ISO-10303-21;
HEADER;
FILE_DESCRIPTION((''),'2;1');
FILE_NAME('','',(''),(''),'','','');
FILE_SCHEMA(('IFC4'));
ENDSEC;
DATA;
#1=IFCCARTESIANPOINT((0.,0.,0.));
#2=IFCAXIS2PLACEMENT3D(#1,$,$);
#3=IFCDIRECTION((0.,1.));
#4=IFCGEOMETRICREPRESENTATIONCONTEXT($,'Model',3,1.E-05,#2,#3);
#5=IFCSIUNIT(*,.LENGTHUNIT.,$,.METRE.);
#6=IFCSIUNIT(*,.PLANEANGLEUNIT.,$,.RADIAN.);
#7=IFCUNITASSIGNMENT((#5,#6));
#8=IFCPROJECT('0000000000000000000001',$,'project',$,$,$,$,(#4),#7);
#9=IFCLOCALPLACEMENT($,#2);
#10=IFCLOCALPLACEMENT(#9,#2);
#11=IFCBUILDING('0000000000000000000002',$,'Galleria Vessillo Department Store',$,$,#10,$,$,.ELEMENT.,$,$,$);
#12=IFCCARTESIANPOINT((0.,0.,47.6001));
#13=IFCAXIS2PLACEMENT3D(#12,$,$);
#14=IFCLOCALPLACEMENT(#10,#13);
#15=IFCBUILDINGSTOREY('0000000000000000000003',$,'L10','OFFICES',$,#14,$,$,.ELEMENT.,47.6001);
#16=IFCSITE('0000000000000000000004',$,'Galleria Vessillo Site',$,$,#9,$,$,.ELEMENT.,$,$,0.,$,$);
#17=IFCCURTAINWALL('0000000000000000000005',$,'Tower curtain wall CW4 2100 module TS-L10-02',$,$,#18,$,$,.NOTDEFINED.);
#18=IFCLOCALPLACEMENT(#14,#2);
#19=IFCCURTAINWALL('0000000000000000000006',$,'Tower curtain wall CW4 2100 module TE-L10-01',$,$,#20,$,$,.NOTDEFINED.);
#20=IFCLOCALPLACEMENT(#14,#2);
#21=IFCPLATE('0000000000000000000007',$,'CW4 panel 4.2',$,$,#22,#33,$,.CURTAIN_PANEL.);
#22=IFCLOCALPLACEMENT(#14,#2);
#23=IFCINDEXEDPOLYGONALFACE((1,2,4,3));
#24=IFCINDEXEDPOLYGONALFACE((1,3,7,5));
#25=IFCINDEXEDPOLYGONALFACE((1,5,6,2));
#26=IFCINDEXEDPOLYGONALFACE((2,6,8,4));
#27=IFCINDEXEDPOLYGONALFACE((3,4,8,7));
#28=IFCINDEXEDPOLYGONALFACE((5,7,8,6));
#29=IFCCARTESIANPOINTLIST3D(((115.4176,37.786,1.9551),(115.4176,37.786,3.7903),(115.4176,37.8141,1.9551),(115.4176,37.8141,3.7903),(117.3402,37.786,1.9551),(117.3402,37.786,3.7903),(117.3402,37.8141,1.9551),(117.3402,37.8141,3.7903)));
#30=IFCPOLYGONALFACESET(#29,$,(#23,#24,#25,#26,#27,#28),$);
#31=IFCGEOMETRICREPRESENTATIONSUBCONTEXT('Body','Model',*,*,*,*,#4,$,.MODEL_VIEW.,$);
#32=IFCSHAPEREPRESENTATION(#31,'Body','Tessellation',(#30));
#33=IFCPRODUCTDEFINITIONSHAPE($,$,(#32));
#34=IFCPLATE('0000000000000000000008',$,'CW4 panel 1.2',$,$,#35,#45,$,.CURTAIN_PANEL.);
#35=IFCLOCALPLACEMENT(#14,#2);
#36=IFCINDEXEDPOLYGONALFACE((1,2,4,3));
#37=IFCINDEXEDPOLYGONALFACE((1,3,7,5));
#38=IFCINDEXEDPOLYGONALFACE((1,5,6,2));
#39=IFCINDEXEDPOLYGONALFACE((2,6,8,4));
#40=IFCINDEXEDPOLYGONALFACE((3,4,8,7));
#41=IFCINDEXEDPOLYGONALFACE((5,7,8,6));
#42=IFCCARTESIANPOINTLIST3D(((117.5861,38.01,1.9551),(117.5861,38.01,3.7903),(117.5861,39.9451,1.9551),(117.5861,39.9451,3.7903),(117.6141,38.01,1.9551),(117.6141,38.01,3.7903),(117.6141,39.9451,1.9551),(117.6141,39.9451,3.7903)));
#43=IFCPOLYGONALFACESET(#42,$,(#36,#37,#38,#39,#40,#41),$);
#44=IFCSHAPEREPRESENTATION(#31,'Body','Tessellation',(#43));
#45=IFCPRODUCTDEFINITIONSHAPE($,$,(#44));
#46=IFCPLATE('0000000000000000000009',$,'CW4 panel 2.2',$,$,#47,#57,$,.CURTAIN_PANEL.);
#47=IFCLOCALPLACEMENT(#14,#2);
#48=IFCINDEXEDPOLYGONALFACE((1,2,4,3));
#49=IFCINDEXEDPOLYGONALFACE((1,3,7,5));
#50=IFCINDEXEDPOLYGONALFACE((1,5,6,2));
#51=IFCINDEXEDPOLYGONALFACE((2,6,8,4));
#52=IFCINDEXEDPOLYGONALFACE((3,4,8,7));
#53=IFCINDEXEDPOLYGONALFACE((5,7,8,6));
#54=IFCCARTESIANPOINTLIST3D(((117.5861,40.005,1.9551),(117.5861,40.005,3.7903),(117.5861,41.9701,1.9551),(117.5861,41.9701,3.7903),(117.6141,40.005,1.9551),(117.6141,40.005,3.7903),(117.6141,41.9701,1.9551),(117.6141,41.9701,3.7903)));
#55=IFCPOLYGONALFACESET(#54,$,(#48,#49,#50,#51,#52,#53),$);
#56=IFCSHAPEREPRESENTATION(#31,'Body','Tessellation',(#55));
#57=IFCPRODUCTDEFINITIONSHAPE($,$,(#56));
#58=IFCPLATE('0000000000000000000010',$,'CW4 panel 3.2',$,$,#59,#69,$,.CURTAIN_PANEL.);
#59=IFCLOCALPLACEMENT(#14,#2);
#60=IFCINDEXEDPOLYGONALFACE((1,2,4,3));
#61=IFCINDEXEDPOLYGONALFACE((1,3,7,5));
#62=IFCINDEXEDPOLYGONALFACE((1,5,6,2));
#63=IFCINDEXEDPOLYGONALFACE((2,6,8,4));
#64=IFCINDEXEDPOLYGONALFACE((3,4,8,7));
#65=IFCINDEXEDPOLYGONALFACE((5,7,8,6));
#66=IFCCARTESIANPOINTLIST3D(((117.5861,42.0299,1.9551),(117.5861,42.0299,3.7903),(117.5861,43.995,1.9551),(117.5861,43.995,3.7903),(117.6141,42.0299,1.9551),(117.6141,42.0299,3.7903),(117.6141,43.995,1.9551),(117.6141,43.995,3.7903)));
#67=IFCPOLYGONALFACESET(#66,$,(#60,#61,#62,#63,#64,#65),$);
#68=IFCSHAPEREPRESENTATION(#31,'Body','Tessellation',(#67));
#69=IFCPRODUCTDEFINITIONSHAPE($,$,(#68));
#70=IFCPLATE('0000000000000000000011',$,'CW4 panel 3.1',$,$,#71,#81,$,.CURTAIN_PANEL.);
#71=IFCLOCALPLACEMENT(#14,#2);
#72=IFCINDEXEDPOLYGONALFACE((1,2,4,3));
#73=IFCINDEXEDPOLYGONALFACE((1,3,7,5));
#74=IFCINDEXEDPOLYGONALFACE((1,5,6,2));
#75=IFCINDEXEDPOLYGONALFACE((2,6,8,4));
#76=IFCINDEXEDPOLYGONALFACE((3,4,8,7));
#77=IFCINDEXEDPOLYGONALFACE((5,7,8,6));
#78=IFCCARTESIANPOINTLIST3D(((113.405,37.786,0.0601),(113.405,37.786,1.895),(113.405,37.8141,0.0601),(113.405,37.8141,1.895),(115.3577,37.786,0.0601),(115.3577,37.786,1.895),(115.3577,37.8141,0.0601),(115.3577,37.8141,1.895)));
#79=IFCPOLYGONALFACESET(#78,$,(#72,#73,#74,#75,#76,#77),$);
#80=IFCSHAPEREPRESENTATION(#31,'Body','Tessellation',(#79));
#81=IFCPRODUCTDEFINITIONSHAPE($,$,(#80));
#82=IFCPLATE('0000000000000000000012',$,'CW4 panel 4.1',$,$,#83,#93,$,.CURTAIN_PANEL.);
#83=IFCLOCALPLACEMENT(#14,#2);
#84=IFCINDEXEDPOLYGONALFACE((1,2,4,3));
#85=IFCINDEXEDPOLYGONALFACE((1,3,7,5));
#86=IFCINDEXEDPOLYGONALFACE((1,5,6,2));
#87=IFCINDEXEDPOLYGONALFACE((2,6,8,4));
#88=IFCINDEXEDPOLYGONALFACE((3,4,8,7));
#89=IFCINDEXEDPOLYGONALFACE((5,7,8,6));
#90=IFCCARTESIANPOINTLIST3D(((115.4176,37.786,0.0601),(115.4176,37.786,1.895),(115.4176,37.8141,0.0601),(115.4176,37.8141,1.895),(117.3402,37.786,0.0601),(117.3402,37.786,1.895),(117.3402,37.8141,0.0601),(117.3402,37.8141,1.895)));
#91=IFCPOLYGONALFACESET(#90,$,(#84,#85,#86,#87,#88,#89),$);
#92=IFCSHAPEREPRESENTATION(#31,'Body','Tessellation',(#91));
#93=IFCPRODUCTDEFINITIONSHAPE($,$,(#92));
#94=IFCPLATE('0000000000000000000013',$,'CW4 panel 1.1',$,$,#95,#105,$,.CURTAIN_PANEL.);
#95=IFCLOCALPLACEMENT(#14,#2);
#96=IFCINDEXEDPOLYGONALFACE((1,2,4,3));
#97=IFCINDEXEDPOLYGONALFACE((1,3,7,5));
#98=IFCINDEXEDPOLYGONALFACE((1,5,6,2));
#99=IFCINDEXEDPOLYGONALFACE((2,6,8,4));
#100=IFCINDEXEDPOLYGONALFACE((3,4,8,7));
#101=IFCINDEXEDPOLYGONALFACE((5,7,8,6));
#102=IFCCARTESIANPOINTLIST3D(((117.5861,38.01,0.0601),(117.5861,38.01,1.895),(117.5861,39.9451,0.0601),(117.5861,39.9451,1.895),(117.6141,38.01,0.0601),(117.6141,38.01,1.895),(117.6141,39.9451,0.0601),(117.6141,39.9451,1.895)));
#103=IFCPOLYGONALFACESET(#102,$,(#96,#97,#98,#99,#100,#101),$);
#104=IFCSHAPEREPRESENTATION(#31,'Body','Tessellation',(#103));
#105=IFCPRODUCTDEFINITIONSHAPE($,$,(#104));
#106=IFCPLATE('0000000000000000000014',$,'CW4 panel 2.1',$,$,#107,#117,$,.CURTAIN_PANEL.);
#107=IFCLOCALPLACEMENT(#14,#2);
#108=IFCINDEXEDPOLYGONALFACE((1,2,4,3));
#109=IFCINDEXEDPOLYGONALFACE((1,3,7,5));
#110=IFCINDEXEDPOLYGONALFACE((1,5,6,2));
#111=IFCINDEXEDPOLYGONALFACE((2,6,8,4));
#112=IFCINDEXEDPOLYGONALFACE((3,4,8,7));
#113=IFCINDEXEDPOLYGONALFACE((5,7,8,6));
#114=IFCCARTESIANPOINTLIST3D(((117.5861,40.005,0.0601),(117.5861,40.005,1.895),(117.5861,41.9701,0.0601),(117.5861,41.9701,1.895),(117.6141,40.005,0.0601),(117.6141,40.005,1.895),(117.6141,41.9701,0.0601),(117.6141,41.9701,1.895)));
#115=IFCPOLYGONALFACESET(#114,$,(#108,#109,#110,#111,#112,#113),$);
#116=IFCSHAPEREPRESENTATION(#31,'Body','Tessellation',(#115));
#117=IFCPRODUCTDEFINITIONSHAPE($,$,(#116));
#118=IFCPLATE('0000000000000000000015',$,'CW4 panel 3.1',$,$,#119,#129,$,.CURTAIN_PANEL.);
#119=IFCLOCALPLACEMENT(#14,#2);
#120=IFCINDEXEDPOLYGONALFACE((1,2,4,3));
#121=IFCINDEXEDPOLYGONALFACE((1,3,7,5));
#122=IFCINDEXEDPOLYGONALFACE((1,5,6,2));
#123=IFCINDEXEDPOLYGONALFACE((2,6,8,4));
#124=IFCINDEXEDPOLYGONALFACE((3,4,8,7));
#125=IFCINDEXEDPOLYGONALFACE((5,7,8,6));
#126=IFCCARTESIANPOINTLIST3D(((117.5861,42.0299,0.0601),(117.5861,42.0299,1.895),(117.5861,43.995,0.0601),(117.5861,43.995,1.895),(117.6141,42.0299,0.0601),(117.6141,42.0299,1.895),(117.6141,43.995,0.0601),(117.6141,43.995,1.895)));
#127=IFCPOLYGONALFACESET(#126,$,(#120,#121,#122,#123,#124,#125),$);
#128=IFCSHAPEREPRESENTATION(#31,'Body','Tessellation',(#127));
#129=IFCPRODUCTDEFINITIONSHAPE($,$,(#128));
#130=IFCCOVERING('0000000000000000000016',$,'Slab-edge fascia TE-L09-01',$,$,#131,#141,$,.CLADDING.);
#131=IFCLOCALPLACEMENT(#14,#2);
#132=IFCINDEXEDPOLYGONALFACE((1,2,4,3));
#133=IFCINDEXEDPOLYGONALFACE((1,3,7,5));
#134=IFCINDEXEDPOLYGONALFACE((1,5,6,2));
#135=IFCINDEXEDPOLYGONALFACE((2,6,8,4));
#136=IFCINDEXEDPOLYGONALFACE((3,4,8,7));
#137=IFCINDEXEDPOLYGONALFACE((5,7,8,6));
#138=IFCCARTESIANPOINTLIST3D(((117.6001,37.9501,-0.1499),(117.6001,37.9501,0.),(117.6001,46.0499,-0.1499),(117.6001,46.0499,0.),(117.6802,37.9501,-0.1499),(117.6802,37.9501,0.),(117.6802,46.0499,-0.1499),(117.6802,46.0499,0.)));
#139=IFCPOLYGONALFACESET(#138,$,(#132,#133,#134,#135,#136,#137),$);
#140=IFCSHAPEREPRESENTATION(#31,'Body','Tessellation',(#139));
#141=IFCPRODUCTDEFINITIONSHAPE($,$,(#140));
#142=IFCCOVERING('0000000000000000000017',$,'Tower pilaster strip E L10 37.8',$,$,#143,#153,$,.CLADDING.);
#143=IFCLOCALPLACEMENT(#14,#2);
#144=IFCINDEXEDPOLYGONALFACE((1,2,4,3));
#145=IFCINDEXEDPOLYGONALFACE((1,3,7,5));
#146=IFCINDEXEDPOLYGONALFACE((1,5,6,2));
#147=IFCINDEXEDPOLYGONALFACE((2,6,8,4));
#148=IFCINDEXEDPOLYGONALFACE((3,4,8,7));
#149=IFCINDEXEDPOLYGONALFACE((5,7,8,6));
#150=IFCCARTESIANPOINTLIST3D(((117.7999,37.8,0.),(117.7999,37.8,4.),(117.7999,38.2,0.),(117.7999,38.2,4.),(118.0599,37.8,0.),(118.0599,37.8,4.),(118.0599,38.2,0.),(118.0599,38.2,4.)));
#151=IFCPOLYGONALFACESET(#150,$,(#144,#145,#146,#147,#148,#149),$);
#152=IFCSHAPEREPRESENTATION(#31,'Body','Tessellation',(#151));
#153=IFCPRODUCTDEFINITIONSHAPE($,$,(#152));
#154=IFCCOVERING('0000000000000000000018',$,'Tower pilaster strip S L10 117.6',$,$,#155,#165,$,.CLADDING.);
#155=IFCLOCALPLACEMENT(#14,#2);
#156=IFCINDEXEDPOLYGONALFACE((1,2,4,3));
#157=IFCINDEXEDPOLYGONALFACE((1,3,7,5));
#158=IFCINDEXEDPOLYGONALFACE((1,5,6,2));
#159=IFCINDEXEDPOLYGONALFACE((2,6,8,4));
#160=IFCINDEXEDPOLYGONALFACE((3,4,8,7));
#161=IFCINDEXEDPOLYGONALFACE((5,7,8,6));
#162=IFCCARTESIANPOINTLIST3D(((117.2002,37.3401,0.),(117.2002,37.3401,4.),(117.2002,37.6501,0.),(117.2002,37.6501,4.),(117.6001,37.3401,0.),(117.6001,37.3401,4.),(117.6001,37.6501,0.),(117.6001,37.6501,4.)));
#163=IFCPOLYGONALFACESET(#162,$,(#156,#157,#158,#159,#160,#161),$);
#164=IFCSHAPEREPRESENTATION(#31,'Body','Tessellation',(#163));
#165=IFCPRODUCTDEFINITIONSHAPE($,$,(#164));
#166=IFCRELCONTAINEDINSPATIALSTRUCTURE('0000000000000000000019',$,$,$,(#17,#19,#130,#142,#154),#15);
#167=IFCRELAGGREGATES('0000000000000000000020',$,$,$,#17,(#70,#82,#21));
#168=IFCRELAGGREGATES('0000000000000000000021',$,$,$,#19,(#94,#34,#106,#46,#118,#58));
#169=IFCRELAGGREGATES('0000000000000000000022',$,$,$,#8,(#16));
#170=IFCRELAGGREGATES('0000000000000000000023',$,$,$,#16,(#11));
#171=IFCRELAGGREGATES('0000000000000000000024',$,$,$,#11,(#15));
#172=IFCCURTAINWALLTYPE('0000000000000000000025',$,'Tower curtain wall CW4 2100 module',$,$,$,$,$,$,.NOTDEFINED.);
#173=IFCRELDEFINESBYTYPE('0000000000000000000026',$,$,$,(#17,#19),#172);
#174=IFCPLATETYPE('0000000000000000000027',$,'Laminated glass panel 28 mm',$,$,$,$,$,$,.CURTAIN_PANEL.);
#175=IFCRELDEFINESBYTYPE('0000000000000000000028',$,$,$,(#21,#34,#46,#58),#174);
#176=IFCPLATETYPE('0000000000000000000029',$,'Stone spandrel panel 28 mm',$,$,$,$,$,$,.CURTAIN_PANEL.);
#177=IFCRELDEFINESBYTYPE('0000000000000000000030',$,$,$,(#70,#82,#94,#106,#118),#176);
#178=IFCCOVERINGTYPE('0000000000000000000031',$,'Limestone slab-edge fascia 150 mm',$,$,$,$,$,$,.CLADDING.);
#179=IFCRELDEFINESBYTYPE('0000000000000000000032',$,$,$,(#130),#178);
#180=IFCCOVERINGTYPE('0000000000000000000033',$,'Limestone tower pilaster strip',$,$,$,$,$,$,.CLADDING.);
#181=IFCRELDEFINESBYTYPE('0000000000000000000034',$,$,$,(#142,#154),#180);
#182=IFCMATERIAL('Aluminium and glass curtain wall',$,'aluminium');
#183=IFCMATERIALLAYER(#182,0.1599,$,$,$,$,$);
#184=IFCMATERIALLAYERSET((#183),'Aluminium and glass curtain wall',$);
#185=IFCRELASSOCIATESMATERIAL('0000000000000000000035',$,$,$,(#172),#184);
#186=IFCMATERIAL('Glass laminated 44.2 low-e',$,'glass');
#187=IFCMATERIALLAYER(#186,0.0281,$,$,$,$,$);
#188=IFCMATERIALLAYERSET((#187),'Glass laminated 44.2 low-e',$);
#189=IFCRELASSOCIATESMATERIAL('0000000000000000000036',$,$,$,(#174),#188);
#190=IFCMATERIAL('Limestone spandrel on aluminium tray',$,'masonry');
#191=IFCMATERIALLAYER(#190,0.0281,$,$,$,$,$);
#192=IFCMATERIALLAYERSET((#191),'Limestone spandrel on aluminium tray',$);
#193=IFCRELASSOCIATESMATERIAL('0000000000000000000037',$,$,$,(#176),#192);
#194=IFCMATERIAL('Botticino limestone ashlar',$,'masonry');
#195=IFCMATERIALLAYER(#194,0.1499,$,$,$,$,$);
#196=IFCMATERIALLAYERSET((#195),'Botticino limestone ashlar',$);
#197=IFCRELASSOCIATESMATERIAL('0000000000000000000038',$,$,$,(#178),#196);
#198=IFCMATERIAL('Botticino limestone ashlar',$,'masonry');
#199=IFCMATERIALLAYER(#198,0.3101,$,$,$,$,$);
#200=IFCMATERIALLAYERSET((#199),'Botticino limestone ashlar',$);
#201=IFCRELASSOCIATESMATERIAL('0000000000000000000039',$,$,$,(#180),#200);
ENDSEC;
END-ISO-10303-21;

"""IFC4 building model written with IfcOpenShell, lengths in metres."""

from ifc_helpers import new_model, si_unit, direction, frame, origin, origin_2d, place, context, subcontext, project, spatial, rectangle, extrude, material, layer, layer_set, type_object, element, aggregate, save


model = new_model("IFC4")

# Units and contexts
model_context = context("Model", 3, precision=1e-05, world=origin(), true_north=direction((0.0, 1.0)))
body_context = subcontext(model_context, "Body", "Model", "MODEL_VIEW")
ifc_project = project(units=[si_unit("LENGTHUNIT", "METRE"), si_unit("PLANEANGLEUNIT", "RADIAN")], contexts=[model_context])

# Site, building, storey
site_placement = place(None, origin())
site = spatial("IfcSite", under=ifc_project, at=site_placement, Name="Galleria Vessillo Site", CompositionType="ELEMENT", RefElevation=0.0)
building_placement = place(site_placement, origin())
building = spatial("IfcBuilding", under=site, at=building_placement, Name="Galleria Vessillo Department Store", CompositionType="ELEMENT")
storey_placement = place(building_placement, frame((0.0, 0.0, 47.6001)))
storey = spatial("IfcBuildingStorey", under=building, at=storey_placement, Name="L10", Description="OFFICES", CompositionType="ELEMENT", Elevation=47.6001)

# Curtain walls
ifc_material_1 = material(Name="Aluminium and glass curtain wall", Category="aluminium")
ifc_layer_1 = layer(ifc_material_1, 0.1599)
ifc_layer_set_1 = layer_set([ifc_layer_1], Name="Aluminium and glass curtain wall")
curtain_wall_type = type_object("IfcCurtainWallType", Name="Tower curtain wall CW4 2100 module", PredefinedType="NOTDEFINED", material=ifc_layer_set_1)
curtain_wall_1_placement = place(storey_placement, origin())
curtain_wall_1 = element("IfcCurtainWall", 1, at=curtain_wall_1_placement, inside=storey, type_object=curtain_wall_type, Name="Tower curtain wall CW4 2100 module TS-L10-02", PredefinedType="NOTDEFINED")
curtain_wall_2_placement = place(storey_placement, origin())
curtain_wall_2 = element("IfcCurtainWall", 2, at=curtain_wall_2_placement, inside=storey, type_object=curtain_wall_type, Name="Tower curtain wall CW4 2100 module TE-L10-01", PredefinedType="NOTDEFINED")

# Plates
ifc_material_2 = material(Name="Glass laminated 44.2 low-e", Category="glass")
ifc_layer_2 = layer(ifc_material_2, 0.0281)
ifc_layer_set_2 = layer_set([ifc_layer_2], Name="Glass laminated 44.2 low-e")
plate_type_1 = type_object("IfcPlateType", Name="Laminated glass panel 28 mm", PredefinedType="CURTAIN_PANEL", material=ifc_layer_set_2)
plate_1_placement = place(storey_placement, frame((116.3789, 37.8, 1.9551), z_axis=(0.0, 0.0, 1.0), x_axis=(1.0, 0.0, 0.0)))
plate_1 = element("IfcPlate", 3, at=plate_1_placement, type_object=plate_type_1, Name="CW4 panel 4.2", PredefinedType="CURTAIN_PANEL", context=body_context, shape_type="SweptSolid", body=[
    extrude(rectangle(XDim=1.9226, YDim=0.0281, at=origin_2d()), origin(), (0.0, 0.0, 1.0), 1.8352),
])
plate_2_placement = place(storey_placement, frame((117.6001, 38.9775, 1.9551), z_axis=(0.0, 0.0, 1.0), x_axis=(0.0, 1.0, 0.0)))
plate_2 = element("IfcPlate", 4, at=plate_2_placement, type_object=plate_type_1, Name="CW4 panel 1.2", PredefinedType="CURTAIN_PANEL", context=body_context, shape_type="SweptSolid", body=[
    extrude(rectangle(XDim=1.9351, YDim=0.0281, at=origin_2d()), origin(), (0.0, 0.0, 1.0), 1.8352),
])
plate_3_placement = place(storey_placement, frame((117.6001, 40.9875, 1.9551), z_axis=(0.0, 0.0, 1.0), x_axis=(0.0, 1.0, 0.0)))
plate_3 = element("IfcPlate", 5, at=plate_3_placement, type_object=plate_type_1, Name="CW4 panel 2.2", PredefinedType="CURTAIN_PANEL", context=body_context, shape_type="SweptSolid", body=[
    extrude(rectangle(XDim=1.9651, YDim=0.0281, at=origin_2d()), origin(), (0.0, 0.0, 1.0), 1.8352),
])
plate_4_placement = place(storey_placement, frame((117.6001, 43.0125, 1.9551), z_axis=(0.0, 0.0, 1.0), x_axis=(0.0, 1.0, 0.0)))
plate_4 = element("IfcPlate", 6, at=plate_4_placement, type_object=plate_type_1, Name="CW4 panel 3.2", PredefinedType="CURTAIN_PANEL", context=body_context, shape_type="SweptSolid", body=[
    extrude(rectangle(XDim=1.9651, YDim=0.0281, at=origin_2d()), origin(), (0.0, 0.0, 1.0), 1.8352),
])
ifc_material_3 = material(Name="Limestone spandrel on aluminium tray", Category="masonry")
ifc_layer_3 = layer(ifc_material_3, 0.0281)
ifc_layer_set_3 = layer_set([ifc_layer_3], Name="Limestone spandrel on aluminium tray")
plate_type_2 = type_object("IfcPlateType", Name="Stone spandrel panel 28 mm", PredefinedType="CURTAIN_PANEL", material=ifc_layer_set_3)
plate_5_placement = place(storey_placement, frame((114.3813, 37.8, 0.0601), z_axis=(0.0, 0.0, 1.0), x_axis=(1.0, 0.0, 0.0)))
plate_5 = element("IfcPlate", 7, at=plate_5_placement, type_object=plate_type_2, Name="CW4 panel 3.1", PredefinedType="CURTAIN_PANEL", context=body_context, shape_type="SweptSolid", body=[
    extrude(rectangle(XDim=1.9526, YDim=0.0281, at=origin_2d()), origin(), (0.0, 0.0, 1.0), 1.835),
])
plate_6_placement = place(storey_placement, frame((116.3789, 37.8, 0.0601), z_axis=(0.0, 0.0, 1.0), x_axis=(1.0, 0.0, 0.0)))
plate_6 = element("IfcPlate", 8, at=plate_6_placement, type_object=plate_type_2, Name="CW4 panel 4.1", PredefinedType="CURTAIN_PANEL", context=body_context, shape_type="SweptSolid", body=[
    extrude(rectangle(XDim=1.9226, YDim=0.0281, at=origin_2d()), origin(), (0.0, 0.0, 1.0), 1.835),
])
aggregate(curtain_wall_1, [plate_5, plate_6, plate_1])
plate_7_placement = place(storey_placement, frame((117.6001, 38.9775, 0.0601), z_axis=(0.0, 0.0, 1.0), x_axis=(0.0, 1.0, 0.0)))
plate_7 = element("IfcPlate", 9, at=plate_7_placement, type_object=plate_type_2, Name="CW4 panel 1.1", PredefinedType="CURTAIN_PANEL", context=body_context, shape_type="SweptSolid", body=[
    extrude(rectangle(XDim=1.9351, YDim=0.0281, at=origin_2d()), origin(), (0.0, 0.0, 1.0), 1.835),
])
plate_8_placement = place(storey_placement, frame((117.6001, 40.9875, 0.0601), z_axis=(0.0, 0.0, 1.0), x_axis=(0.0, 1.0, 0.0)))
plate_8 = element("IfcPlate", 10, at=plate_8_placement, type_object=plate_type_2, Name="CW4 panel 2.1", PredefinedType="CURTAIN_PANEL", context=body_context, shape_type="SweptSolid", body=[
    extrude(rectangle(XDim=1.9651, YDim=0.0281, at=origin_2d()), origin(), (0.0, 0.0, 1.0), 1.835),
])
plate_9_placement = place(storey_placement, frame((117.6001, 43.0125, 0.0601), z_axis=(0.0, 0.0, 1.0), x_axis=(0.0, 1.0, 0.0)))
plate_9 = element("IfcPlate", 11, at=plate_9_placement, type_object=plate_type_2, Name="CW4 panel 3.1", PredefinedType="CURTAIN_PANEL", context=body_context, shape_type="SweptSolid", body=[
    extrude(rectangle(XDim=1.9651, YDim=0.0281, at=origin_2d()), origin(), (0.0, 0.0, 1.0), 1.835),
])
aggregate(curtain_wall_2, [plate_7, plate_2, plate_8, plate_3, plate_9, plate_4])

# Coverings
ifc_material_4 = material(Name="Botticino limestone ashlar", Category="masonry")
ifc_layer_4 = layer(ifc_material_4, 0.1499)
ifc_layer_set_4 = layer_set([ifc_layer_4], Name="Botticino limestone ashlar")
covering_type_1 = type_object("IfcCoveringType", Name="Limestone slab-edge fascia 150 mm", PredefinedType="CLADDING", material=ifc_layer_set_4)
covering_1_placement = place(storey_placement, frame((117.6401, 42.0, -0.1499), z_axis=(0.0, 0.0, 1.0), x_axis=(1.0, 0.0, 0.0)))
element("IfcCovering", 12, at=covering_1_placement, inside=storey, type_object=covering_type_1, Name="Slab-edge fascia TE-L09-01", PredefinedType="CLADDING", context=body_context, shape_type="SweptSolid", body=[
    extrude(rectangle(XDim=0.0801, YDim=8.0999, at=origin_2d()), origin(), (0.0, 0.0, 1.0), 0.1499),
])
ifc_material_5 = material(Name="Botticino limestone ashlar", Category="masonry")
ifc_layer_5 = layer(ifc_material_5, 0.3101)
ifc_layer_set_5 = layer_set([ifc_layer_5], Name="Botticino limestone ashlar")
covering_type_2 = type_object("IfcCoveringType", Name="Limestone tower pilaster strip", PredefinedType="CLADDING", material=ifc_layer_set_5)
covering_2_placement = place(storey_placement, frame((117.9299, 38.0, 0.0), z_axis=(0.0, 0.0, 1.0), x_axis=(1.0, 0.0, 0.0)))
element("IfcCovering", 13, at=covering_2_placement, inside=storey, type_object=covering_type_2, Name="Tower pilaster strip E L10 37.8", PredefinedType="CLADDING", context=body_context, shape_type="SweptSolid", body=[
    extrude(rectangle(XDim=0.26, YDim=0.3999, at=origin_2d()), origin(), (0.0, 0.0, 1.0), 4.0),
])
covering_3_placement = place(storey_placement, frame((117.4001, 37.4951, 0.0), z_axis=(0.0, 0.0, 1.0), x_axis=(1.0, 0.0, 0.0)))
element("IfcCovering", 14, at=covering_3_placement, inside=storey, type_object=covering_type_2, Name="Tower pilaster strip S L10 117.6", PredefinedType="CLADDING", context=body_context, shape_type="SweptSolid", body=[
    extrude(rectangle(XDim=0.3999, YDim=0.3101, at=origin_2d()), origin(), (0.0, 0.0, 1.0), 4.0),
])

save(model, "model.ifc")
